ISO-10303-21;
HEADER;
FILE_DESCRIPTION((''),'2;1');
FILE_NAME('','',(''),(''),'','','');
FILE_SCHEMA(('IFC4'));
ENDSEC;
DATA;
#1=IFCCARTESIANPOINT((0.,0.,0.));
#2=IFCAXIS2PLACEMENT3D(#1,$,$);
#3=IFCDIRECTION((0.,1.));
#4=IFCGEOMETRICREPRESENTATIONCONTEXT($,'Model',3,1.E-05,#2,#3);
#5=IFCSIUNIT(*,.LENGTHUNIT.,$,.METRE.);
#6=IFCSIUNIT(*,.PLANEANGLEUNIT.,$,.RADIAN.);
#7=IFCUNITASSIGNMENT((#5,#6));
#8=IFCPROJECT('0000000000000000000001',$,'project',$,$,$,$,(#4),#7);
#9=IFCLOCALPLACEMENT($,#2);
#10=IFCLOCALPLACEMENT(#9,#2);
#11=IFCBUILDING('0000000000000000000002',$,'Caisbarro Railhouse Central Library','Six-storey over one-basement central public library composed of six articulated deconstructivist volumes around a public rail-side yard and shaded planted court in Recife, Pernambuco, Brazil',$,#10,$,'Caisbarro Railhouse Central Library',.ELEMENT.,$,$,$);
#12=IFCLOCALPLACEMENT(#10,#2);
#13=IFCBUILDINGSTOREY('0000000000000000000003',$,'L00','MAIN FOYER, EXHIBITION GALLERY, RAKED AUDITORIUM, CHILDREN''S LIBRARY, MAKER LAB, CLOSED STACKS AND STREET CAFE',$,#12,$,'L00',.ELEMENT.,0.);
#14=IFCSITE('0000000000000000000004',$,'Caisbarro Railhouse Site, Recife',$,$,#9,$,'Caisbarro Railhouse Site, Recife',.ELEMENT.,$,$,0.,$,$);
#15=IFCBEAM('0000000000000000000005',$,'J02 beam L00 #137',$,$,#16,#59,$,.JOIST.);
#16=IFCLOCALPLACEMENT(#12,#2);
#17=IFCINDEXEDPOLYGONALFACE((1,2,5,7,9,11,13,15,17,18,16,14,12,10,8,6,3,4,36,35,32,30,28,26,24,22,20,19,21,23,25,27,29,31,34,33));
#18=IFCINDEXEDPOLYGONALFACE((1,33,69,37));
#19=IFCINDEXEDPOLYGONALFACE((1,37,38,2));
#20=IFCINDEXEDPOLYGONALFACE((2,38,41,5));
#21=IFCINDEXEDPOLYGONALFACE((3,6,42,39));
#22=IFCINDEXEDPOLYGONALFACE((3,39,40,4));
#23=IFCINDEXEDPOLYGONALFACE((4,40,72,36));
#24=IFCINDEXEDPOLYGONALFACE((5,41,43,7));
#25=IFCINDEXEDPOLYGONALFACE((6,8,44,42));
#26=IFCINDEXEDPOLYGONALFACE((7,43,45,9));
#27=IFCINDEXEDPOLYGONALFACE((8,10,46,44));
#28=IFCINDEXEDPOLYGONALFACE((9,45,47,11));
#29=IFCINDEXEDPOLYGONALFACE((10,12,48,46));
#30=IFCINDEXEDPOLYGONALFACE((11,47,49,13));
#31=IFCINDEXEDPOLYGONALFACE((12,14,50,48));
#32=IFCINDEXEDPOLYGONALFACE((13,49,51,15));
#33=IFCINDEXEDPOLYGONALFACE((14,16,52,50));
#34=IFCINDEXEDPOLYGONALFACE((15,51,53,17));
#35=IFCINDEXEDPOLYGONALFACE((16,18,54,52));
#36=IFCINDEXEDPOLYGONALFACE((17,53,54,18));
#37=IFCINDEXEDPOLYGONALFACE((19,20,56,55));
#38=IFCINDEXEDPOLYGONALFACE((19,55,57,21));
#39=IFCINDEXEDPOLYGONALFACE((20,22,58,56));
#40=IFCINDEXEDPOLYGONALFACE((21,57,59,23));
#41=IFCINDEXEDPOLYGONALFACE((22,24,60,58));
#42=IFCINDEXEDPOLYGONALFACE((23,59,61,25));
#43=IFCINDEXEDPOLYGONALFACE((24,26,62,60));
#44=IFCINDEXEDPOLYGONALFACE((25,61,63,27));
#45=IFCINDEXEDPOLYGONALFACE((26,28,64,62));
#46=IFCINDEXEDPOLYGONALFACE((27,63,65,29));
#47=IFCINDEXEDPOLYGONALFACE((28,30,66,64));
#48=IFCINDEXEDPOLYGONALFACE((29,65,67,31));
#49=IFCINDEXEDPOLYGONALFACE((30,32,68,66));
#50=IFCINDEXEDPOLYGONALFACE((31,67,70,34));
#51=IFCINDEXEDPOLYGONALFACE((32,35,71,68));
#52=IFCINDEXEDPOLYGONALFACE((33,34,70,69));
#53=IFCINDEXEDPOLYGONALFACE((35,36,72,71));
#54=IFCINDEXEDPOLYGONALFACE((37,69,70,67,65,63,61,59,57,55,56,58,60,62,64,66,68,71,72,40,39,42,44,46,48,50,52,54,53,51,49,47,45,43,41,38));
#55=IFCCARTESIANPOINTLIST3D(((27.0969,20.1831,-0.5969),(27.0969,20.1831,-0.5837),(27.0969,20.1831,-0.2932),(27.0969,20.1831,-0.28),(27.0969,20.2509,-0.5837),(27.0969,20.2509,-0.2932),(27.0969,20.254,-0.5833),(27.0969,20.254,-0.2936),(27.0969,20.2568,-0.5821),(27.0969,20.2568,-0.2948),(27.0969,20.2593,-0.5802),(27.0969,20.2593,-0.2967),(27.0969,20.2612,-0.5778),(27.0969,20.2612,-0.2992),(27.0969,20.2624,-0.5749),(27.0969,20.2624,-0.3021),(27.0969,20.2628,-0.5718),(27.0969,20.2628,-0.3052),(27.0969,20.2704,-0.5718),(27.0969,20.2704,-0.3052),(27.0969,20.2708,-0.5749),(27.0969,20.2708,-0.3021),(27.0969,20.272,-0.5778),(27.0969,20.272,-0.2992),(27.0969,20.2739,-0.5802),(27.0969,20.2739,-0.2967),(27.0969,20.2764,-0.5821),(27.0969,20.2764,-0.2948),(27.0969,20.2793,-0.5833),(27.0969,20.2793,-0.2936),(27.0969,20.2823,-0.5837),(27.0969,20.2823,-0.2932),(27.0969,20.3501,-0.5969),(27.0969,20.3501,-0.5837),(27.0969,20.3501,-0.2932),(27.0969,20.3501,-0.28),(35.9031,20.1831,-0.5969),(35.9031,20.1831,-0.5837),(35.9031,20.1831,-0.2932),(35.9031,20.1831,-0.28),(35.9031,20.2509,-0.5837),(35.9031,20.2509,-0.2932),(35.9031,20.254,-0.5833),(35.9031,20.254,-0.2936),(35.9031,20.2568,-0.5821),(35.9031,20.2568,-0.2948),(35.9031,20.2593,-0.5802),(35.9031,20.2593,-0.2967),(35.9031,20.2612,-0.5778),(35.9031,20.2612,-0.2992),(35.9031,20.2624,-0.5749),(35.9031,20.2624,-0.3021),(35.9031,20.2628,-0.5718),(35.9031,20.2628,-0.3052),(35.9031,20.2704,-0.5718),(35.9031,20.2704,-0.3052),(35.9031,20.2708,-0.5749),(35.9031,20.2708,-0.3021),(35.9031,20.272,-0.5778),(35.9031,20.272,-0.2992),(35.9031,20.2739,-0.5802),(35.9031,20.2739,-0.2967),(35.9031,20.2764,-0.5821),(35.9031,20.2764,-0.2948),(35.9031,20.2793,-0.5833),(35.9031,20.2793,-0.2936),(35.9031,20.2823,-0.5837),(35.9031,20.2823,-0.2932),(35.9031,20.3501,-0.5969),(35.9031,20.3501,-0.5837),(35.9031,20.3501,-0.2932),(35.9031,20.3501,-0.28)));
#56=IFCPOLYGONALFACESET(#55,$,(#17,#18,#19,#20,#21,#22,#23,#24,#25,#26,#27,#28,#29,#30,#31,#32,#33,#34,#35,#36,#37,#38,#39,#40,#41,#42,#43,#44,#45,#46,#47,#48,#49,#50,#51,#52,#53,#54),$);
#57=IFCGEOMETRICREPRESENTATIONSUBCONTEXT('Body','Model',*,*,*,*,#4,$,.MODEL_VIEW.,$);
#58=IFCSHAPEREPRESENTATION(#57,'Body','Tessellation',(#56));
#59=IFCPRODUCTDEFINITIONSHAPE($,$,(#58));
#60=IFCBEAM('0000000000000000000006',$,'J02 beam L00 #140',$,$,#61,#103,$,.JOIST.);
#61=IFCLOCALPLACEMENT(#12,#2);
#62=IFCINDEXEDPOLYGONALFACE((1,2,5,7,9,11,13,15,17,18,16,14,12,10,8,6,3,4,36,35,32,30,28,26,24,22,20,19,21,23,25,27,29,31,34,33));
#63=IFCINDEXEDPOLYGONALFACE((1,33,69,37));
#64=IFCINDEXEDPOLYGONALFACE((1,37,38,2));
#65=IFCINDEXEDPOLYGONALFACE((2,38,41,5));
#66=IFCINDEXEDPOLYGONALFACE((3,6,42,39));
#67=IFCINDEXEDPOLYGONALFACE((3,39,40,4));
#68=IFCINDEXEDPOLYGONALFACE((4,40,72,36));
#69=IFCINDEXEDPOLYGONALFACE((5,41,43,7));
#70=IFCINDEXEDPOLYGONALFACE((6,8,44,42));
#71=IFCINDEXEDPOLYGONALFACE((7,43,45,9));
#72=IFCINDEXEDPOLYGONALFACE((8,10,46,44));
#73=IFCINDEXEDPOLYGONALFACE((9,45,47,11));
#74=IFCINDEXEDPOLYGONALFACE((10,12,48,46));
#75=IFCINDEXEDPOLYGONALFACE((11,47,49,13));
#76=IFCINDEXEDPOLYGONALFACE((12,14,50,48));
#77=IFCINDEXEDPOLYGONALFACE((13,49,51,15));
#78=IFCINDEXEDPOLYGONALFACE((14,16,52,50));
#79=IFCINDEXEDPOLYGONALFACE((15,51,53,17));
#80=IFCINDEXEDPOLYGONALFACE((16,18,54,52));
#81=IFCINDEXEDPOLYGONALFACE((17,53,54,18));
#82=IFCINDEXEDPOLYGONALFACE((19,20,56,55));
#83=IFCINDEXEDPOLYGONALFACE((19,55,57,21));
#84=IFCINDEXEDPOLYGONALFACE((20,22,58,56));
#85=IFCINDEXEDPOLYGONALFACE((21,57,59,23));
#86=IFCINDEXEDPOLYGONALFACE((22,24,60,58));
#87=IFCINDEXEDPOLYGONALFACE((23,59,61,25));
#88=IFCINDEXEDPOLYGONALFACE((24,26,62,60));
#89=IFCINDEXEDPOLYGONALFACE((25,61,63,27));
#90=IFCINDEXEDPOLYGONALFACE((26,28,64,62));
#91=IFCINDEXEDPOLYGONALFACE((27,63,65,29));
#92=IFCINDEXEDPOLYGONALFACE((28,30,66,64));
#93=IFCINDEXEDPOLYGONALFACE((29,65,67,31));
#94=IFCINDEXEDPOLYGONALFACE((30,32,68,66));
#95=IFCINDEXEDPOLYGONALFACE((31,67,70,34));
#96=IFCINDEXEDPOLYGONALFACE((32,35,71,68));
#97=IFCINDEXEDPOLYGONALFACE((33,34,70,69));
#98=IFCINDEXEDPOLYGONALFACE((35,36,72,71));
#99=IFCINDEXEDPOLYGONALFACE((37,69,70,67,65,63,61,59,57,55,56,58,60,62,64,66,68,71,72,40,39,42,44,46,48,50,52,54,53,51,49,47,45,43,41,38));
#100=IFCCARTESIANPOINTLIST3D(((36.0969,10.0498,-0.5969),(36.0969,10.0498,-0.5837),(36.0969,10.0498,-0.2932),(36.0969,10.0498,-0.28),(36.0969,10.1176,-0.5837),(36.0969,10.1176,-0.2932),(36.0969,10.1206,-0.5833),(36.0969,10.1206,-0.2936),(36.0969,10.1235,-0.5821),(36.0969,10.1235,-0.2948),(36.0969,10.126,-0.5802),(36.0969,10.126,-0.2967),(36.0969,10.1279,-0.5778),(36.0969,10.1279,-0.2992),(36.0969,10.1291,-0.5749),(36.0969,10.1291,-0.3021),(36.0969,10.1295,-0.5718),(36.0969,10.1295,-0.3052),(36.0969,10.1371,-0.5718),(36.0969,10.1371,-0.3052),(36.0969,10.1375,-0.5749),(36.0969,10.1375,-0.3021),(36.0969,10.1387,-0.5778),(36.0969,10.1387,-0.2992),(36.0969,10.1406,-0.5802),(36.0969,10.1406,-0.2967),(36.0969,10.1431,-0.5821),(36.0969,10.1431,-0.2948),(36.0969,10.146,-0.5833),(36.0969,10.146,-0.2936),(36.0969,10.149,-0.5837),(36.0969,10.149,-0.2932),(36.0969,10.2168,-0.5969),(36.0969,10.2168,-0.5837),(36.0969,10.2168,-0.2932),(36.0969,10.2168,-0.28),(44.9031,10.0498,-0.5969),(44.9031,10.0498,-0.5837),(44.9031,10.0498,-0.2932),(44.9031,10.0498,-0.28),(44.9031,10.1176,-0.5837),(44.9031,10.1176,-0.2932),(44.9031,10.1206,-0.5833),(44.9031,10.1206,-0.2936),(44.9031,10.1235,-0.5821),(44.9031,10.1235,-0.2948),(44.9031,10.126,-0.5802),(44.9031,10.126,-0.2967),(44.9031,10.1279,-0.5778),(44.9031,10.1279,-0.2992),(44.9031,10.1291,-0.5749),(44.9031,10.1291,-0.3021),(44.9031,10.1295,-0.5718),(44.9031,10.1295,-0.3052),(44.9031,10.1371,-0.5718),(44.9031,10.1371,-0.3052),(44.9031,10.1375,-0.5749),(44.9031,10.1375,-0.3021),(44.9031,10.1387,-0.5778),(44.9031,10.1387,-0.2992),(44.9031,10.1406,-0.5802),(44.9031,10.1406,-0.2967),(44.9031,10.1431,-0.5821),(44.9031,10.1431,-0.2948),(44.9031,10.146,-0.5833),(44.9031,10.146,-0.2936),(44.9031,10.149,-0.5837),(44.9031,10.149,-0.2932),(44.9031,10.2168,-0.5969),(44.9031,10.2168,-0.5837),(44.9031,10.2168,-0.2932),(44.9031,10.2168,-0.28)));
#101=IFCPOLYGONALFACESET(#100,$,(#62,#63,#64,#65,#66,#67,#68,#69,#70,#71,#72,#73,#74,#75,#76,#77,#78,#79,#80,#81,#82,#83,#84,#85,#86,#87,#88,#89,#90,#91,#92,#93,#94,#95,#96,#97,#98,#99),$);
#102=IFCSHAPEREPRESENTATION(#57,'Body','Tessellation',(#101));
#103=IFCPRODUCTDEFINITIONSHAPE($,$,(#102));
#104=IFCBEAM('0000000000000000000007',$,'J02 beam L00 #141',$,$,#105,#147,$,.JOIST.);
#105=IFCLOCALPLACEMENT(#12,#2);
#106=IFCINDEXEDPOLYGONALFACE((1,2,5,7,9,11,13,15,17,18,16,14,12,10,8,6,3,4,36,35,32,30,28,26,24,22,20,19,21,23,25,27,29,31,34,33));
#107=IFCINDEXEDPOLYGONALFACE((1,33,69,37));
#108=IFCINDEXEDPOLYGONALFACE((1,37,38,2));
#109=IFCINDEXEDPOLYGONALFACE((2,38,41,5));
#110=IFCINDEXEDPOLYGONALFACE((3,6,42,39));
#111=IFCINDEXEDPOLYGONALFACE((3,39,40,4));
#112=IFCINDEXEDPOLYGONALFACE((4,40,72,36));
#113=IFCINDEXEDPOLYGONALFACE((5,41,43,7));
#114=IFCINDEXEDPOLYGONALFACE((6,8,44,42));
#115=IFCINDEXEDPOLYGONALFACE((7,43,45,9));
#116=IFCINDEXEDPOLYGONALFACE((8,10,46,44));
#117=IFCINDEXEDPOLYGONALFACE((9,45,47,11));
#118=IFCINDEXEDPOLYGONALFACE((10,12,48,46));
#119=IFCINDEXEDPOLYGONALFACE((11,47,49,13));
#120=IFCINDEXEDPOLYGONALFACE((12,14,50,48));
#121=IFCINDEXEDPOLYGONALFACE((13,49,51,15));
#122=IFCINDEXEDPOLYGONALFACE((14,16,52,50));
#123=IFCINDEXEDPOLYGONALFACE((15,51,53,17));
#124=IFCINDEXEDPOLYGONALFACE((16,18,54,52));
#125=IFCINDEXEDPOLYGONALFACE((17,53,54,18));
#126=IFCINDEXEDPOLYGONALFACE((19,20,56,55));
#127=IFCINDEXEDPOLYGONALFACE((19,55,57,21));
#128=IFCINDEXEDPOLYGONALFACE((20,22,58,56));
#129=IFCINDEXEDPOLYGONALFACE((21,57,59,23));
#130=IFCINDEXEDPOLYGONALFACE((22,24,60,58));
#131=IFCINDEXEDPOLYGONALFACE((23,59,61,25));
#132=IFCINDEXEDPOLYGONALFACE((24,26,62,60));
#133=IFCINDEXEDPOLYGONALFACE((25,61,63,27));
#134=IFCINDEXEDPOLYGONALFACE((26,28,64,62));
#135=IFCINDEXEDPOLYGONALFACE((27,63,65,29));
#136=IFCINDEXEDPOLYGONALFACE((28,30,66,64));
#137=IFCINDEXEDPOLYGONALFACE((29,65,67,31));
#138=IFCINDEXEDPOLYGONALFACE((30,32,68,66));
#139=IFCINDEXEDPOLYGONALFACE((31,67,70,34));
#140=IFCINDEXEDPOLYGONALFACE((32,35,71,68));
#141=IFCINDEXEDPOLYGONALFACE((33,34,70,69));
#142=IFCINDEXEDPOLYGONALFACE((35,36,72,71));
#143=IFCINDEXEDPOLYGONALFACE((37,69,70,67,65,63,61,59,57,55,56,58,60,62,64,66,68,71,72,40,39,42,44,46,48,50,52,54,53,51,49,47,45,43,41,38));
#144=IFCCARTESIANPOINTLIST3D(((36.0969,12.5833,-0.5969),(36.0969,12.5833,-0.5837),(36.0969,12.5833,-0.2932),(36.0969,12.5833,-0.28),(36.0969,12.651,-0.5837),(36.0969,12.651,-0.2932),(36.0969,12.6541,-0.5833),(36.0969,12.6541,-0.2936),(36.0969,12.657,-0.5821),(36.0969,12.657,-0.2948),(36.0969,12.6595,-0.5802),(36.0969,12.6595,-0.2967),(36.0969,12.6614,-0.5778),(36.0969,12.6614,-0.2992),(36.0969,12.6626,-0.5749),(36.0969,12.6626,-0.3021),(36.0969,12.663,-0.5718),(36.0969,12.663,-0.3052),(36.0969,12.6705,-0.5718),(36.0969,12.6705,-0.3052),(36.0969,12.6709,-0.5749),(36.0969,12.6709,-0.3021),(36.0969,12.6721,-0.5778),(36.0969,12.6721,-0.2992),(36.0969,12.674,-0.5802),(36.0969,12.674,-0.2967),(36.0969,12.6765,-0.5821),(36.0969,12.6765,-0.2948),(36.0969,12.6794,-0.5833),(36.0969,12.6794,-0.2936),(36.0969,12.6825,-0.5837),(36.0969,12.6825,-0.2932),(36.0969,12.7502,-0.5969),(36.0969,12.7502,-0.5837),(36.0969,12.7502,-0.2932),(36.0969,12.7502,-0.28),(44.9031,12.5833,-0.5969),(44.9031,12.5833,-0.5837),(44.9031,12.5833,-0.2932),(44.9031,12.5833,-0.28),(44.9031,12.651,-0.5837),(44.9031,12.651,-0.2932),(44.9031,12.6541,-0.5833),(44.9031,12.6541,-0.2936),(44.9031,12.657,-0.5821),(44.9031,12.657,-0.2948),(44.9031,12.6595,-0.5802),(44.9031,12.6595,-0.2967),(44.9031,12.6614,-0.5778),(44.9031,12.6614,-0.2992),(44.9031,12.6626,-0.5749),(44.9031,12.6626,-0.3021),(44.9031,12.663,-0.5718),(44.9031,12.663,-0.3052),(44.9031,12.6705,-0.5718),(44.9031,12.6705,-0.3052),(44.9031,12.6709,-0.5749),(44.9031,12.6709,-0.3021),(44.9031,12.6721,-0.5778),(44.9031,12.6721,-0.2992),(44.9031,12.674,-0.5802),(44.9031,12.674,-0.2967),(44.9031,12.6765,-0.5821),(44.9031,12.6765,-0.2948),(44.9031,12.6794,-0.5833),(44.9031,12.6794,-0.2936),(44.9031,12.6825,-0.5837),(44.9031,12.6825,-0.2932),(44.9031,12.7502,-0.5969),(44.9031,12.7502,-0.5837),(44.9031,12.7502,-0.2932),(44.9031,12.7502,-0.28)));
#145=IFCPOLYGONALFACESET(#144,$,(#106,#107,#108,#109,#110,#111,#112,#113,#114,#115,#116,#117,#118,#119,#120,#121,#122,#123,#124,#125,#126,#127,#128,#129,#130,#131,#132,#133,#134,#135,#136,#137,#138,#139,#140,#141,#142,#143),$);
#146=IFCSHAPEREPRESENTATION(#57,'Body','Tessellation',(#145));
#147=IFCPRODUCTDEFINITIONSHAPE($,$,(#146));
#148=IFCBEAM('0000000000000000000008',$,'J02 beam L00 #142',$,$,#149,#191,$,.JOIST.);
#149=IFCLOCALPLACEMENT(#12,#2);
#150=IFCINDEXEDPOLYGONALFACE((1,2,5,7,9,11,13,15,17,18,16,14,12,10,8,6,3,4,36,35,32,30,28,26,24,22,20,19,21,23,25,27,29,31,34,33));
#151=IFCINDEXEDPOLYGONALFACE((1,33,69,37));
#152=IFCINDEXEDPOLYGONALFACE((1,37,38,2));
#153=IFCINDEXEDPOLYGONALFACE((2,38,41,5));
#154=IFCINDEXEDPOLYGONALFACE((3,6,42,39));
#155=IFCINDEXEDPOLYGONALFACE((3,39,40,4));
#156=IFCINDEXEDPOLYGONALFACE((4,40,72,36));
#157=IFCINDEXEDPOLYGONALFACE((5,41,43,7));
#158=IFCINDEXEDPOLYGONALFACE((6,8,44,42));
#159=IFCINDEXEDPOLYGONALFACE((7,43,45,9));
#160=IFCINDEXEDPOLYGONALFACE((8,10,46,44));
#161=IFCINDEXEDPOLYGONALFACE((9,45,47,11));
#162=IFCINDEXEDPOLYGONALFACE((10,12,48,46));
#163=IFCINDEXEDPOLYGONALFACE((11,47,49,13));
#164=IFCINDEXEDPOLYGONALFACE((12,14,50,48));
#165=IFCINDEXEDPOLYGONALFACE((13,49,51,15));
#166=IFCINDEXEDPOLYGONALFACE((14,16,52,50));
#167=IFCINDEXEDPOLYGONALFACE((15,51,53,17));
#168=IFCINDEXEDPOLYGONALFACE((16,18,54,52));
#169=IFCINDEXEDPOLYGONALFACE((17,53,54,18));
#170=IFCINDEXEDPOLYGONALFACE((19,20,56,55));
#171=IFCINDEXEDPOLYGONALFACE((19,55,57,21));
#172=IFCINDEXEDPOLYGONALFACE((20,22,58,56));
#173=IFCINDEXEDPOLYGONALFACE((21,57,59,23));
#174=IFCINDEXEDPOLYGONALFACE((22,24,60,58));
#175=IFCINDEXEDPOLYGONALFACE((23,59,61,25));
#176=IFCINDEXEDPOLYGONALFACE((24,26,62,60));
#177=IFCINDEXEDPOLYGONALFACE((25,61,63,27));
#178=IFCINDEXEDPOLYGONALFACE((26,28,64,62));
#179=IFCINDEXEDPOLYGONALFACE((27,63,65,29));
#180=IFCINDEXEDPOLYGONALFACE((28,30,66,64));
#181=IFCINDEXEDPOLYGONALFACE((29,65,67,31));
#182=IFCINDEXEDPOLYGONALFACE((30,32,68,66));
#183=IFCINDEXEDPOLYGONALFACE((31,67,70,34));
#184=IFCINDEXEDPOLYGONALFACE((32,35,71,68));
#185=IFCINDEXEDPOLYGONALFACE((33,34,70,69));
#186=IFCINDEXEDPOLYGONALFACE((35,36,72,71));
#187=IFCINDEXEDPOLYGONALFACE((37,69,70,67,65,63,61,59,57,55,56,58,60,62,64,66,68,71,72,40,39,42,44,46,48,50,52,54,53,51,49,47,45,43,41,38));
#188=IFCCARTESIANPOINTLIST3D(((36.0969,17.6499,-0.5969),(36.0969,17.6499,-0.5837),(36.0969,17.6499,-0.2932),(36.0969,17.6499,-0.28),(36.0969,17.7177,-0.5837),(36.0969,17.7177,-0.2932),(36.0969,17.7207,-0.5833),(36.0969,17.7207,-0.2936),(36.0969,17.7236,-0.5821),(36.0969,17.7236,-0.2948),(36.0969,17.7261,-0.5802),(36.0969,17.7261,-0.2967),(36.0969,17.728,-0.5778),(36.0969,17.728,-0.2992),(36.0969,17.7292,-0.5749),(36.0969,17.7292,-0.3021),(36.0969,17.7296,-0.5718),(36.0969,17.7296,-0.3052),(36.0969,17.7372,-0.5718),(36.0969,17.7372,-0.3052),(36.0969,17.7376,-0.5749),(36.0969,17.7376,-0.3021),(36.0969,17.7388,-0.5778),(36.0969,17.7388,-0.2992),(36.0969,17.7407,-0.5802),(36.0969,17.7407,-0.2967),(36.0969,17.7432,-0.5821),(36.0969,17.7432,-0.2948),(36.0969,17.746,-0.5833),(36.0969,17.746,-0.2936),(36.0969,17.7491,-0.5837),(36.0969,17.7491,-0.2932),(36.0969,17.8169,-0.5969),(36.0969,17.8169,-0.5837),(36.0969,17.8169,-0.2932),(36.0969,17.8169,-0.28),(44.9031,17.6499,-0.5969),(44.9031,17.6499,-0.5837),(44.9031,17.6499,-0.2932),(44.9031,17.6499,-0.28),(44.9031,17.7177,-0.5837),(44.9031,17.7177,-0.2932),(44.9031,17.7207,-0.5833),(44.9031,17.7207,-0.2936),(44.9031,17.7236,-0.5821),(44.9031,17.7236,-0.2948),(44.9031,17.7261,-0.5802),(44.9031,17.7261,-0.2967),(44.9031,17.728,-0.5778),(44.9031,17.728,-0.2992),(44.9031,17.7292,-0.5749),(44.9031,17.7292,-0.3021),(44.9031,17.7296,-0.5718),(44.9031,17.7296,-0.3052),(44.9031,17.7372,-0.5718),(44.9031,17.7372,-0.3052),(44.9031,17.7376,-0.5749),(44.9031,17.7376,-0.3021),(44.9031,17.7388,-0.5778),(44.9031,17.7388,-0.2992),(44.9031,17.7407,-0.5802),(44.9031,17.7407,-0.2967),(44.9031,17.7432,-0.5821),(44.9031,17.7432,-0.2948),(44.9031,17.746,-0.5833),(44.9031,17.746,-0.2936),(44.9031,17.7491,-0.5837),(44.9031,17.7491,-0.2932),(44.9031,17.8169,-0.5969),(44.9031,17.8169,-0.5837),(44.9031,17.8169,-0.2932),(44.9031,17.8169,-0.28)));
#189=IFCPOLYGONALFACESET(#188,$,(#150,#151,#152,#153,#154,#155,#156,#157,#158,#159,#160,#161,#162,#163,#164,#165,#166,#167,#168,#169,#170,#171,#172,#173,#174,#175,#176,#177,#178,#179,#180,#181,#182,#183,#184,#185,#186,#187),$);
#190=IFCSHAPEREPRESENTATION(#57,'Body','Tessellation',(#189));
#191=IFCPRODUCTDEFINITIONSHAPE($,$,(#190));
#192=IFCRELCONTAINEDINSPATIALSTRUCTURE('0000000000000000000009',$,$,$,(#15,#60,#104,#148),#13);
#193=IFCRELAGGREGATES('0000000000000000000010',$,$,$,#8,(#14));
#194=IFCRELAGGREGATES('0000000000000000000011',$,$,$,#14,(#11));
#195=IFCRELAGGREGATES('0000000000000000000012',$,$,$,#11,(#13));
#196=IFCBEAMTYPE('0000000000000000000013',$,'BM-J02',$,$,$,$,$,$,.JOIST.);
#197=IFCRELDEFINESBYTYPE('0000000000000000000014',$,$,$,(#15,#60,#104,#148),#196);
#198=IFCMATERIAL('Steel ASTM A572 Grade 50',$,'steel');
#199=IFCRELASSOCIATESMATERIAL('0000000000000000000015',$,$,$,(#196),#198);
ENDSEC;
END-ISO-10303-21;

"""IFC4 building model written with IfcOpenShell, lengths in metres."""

from ifc_helpers import new_model, si_unit, direction, frame, origin, origin_2d, place, context, subcontext, project, spatial, i_section, extrude, material, material_profile, profile_set, type_object, element, save


model = new_model("IFC4")

# Units and contexts
model_context = context("Model", 3, precision=1e-05, world=origin(), true_north=direction((0.0, 1.0)))
body_context = subcontext(model_context, "Body", "Model", "MODEL_VIEW")
ifc_project = project(units=[si_unit("LENGTHUNIT", "METRE"), si_unit("PLANEANGLEUNIT", "RADIAN")], contexts=[model_context])

# Site, building, storey
site_placement = place(None, origin())
site = spatial("IfcSite", under=ifc_project, at=site_placement, Name="Caisbarro Railhouse Site, Recife", LongName="Caisbarro Railhouse Site, Recife", CompositionType="ELEMENT", RefElevation=0.0)
building_placement = place(site_placement, origin())
building = spatial("IfcBuilding", under=site, at=building_placement, Name="Caisbarro Railhouse Central Library", Description="Six-storey over one-basement central public library composed of six articulated deconstructivist volumes around a public rail-side yard and shaded planted court in Recife, Pernambuco, Brazil", LongName="Caisbarro Railhouse Central Library", CompositionType="ELEMENT")
storey_placement = place(building_placement, origin())
storey = spatial("IfcBuildingStorey", under=building, at=storey_placement, Name="L00", Description="MAIN FOYER, EXHIBITION GALLERY, RAKED AUDITORIUM, CHILDREN'S LIBRARY, MAKER LAB, CLOSED STACKS AND STREET CAFE", LongName="L00", CompositionType="ELEMENT", Elevation=0.0)

# Shared definitions
ifc_material_1 = material(Name="Steel ASTM A572 Grade 50", Category="steel")

# Beams
ifc_material_profile_1 = material_profile(ifc_material_1, i_section(OverallWidth=0.167, OverallDepth=0.3169, WebThickness=0.0076, FlangeThickness=0.0132, FilletRadius=0.012, at=origin_2d()), Name="W310X52.0")
ifc_profile_set_1 = profile_set([ifc_material_profile_1], Name="Steel ASTM A572 Grade 50")
beam_type_1 = type_object("IfcBeamType", Name="BM-J02", PredefinedType="JOIST", material=ifc_profile_set_1)
for number, where, z_axis, x_axis, name in (
    (1, (27.0969, 20.2666, -0.4385), (1.0, 0.0, 0.0), (0.0, 1.0, 0.0), "J02 beam L00 #137"),
    (2, (36.0969, 10.1333, -0.4385), (1.0, 0.0, 0.0), (0.0, 1.0, 0.0), "J02 beam L00 #140"),
    (3, (36.0969, 12.6667, -0.4385), (1.0, 0.0, 0.0), (0.0, 1.0, 0.0), "J02 beam L00 #141"),
    (4, (36.0969, 17.7334, -0.4385), (1.0, 0.0, 0.0), (0.0, 1.0, 0.0), "J02 beam L00 #142"),
):
    element("IfcBeam", number, at=place(storey_placement, frame(where, z_axis=z_axis, x_axis=x_axis)), inside=storey, type_object=beam_type_1, Name=name, PredefinedType="JOIST", context=body_context, shape_type="SweptSolid", body=[
        extrude(i_section(OverallWidth=0.167, OverallDepth=0.3169, WebThickness=0.0076, FlangeThickness=0.0132, FilletRadius=0.012, at=origin_2d()), origin(), (0.0, 0.0, 1.0), 8.8062),
    ])

save(model, "model.ifc")
